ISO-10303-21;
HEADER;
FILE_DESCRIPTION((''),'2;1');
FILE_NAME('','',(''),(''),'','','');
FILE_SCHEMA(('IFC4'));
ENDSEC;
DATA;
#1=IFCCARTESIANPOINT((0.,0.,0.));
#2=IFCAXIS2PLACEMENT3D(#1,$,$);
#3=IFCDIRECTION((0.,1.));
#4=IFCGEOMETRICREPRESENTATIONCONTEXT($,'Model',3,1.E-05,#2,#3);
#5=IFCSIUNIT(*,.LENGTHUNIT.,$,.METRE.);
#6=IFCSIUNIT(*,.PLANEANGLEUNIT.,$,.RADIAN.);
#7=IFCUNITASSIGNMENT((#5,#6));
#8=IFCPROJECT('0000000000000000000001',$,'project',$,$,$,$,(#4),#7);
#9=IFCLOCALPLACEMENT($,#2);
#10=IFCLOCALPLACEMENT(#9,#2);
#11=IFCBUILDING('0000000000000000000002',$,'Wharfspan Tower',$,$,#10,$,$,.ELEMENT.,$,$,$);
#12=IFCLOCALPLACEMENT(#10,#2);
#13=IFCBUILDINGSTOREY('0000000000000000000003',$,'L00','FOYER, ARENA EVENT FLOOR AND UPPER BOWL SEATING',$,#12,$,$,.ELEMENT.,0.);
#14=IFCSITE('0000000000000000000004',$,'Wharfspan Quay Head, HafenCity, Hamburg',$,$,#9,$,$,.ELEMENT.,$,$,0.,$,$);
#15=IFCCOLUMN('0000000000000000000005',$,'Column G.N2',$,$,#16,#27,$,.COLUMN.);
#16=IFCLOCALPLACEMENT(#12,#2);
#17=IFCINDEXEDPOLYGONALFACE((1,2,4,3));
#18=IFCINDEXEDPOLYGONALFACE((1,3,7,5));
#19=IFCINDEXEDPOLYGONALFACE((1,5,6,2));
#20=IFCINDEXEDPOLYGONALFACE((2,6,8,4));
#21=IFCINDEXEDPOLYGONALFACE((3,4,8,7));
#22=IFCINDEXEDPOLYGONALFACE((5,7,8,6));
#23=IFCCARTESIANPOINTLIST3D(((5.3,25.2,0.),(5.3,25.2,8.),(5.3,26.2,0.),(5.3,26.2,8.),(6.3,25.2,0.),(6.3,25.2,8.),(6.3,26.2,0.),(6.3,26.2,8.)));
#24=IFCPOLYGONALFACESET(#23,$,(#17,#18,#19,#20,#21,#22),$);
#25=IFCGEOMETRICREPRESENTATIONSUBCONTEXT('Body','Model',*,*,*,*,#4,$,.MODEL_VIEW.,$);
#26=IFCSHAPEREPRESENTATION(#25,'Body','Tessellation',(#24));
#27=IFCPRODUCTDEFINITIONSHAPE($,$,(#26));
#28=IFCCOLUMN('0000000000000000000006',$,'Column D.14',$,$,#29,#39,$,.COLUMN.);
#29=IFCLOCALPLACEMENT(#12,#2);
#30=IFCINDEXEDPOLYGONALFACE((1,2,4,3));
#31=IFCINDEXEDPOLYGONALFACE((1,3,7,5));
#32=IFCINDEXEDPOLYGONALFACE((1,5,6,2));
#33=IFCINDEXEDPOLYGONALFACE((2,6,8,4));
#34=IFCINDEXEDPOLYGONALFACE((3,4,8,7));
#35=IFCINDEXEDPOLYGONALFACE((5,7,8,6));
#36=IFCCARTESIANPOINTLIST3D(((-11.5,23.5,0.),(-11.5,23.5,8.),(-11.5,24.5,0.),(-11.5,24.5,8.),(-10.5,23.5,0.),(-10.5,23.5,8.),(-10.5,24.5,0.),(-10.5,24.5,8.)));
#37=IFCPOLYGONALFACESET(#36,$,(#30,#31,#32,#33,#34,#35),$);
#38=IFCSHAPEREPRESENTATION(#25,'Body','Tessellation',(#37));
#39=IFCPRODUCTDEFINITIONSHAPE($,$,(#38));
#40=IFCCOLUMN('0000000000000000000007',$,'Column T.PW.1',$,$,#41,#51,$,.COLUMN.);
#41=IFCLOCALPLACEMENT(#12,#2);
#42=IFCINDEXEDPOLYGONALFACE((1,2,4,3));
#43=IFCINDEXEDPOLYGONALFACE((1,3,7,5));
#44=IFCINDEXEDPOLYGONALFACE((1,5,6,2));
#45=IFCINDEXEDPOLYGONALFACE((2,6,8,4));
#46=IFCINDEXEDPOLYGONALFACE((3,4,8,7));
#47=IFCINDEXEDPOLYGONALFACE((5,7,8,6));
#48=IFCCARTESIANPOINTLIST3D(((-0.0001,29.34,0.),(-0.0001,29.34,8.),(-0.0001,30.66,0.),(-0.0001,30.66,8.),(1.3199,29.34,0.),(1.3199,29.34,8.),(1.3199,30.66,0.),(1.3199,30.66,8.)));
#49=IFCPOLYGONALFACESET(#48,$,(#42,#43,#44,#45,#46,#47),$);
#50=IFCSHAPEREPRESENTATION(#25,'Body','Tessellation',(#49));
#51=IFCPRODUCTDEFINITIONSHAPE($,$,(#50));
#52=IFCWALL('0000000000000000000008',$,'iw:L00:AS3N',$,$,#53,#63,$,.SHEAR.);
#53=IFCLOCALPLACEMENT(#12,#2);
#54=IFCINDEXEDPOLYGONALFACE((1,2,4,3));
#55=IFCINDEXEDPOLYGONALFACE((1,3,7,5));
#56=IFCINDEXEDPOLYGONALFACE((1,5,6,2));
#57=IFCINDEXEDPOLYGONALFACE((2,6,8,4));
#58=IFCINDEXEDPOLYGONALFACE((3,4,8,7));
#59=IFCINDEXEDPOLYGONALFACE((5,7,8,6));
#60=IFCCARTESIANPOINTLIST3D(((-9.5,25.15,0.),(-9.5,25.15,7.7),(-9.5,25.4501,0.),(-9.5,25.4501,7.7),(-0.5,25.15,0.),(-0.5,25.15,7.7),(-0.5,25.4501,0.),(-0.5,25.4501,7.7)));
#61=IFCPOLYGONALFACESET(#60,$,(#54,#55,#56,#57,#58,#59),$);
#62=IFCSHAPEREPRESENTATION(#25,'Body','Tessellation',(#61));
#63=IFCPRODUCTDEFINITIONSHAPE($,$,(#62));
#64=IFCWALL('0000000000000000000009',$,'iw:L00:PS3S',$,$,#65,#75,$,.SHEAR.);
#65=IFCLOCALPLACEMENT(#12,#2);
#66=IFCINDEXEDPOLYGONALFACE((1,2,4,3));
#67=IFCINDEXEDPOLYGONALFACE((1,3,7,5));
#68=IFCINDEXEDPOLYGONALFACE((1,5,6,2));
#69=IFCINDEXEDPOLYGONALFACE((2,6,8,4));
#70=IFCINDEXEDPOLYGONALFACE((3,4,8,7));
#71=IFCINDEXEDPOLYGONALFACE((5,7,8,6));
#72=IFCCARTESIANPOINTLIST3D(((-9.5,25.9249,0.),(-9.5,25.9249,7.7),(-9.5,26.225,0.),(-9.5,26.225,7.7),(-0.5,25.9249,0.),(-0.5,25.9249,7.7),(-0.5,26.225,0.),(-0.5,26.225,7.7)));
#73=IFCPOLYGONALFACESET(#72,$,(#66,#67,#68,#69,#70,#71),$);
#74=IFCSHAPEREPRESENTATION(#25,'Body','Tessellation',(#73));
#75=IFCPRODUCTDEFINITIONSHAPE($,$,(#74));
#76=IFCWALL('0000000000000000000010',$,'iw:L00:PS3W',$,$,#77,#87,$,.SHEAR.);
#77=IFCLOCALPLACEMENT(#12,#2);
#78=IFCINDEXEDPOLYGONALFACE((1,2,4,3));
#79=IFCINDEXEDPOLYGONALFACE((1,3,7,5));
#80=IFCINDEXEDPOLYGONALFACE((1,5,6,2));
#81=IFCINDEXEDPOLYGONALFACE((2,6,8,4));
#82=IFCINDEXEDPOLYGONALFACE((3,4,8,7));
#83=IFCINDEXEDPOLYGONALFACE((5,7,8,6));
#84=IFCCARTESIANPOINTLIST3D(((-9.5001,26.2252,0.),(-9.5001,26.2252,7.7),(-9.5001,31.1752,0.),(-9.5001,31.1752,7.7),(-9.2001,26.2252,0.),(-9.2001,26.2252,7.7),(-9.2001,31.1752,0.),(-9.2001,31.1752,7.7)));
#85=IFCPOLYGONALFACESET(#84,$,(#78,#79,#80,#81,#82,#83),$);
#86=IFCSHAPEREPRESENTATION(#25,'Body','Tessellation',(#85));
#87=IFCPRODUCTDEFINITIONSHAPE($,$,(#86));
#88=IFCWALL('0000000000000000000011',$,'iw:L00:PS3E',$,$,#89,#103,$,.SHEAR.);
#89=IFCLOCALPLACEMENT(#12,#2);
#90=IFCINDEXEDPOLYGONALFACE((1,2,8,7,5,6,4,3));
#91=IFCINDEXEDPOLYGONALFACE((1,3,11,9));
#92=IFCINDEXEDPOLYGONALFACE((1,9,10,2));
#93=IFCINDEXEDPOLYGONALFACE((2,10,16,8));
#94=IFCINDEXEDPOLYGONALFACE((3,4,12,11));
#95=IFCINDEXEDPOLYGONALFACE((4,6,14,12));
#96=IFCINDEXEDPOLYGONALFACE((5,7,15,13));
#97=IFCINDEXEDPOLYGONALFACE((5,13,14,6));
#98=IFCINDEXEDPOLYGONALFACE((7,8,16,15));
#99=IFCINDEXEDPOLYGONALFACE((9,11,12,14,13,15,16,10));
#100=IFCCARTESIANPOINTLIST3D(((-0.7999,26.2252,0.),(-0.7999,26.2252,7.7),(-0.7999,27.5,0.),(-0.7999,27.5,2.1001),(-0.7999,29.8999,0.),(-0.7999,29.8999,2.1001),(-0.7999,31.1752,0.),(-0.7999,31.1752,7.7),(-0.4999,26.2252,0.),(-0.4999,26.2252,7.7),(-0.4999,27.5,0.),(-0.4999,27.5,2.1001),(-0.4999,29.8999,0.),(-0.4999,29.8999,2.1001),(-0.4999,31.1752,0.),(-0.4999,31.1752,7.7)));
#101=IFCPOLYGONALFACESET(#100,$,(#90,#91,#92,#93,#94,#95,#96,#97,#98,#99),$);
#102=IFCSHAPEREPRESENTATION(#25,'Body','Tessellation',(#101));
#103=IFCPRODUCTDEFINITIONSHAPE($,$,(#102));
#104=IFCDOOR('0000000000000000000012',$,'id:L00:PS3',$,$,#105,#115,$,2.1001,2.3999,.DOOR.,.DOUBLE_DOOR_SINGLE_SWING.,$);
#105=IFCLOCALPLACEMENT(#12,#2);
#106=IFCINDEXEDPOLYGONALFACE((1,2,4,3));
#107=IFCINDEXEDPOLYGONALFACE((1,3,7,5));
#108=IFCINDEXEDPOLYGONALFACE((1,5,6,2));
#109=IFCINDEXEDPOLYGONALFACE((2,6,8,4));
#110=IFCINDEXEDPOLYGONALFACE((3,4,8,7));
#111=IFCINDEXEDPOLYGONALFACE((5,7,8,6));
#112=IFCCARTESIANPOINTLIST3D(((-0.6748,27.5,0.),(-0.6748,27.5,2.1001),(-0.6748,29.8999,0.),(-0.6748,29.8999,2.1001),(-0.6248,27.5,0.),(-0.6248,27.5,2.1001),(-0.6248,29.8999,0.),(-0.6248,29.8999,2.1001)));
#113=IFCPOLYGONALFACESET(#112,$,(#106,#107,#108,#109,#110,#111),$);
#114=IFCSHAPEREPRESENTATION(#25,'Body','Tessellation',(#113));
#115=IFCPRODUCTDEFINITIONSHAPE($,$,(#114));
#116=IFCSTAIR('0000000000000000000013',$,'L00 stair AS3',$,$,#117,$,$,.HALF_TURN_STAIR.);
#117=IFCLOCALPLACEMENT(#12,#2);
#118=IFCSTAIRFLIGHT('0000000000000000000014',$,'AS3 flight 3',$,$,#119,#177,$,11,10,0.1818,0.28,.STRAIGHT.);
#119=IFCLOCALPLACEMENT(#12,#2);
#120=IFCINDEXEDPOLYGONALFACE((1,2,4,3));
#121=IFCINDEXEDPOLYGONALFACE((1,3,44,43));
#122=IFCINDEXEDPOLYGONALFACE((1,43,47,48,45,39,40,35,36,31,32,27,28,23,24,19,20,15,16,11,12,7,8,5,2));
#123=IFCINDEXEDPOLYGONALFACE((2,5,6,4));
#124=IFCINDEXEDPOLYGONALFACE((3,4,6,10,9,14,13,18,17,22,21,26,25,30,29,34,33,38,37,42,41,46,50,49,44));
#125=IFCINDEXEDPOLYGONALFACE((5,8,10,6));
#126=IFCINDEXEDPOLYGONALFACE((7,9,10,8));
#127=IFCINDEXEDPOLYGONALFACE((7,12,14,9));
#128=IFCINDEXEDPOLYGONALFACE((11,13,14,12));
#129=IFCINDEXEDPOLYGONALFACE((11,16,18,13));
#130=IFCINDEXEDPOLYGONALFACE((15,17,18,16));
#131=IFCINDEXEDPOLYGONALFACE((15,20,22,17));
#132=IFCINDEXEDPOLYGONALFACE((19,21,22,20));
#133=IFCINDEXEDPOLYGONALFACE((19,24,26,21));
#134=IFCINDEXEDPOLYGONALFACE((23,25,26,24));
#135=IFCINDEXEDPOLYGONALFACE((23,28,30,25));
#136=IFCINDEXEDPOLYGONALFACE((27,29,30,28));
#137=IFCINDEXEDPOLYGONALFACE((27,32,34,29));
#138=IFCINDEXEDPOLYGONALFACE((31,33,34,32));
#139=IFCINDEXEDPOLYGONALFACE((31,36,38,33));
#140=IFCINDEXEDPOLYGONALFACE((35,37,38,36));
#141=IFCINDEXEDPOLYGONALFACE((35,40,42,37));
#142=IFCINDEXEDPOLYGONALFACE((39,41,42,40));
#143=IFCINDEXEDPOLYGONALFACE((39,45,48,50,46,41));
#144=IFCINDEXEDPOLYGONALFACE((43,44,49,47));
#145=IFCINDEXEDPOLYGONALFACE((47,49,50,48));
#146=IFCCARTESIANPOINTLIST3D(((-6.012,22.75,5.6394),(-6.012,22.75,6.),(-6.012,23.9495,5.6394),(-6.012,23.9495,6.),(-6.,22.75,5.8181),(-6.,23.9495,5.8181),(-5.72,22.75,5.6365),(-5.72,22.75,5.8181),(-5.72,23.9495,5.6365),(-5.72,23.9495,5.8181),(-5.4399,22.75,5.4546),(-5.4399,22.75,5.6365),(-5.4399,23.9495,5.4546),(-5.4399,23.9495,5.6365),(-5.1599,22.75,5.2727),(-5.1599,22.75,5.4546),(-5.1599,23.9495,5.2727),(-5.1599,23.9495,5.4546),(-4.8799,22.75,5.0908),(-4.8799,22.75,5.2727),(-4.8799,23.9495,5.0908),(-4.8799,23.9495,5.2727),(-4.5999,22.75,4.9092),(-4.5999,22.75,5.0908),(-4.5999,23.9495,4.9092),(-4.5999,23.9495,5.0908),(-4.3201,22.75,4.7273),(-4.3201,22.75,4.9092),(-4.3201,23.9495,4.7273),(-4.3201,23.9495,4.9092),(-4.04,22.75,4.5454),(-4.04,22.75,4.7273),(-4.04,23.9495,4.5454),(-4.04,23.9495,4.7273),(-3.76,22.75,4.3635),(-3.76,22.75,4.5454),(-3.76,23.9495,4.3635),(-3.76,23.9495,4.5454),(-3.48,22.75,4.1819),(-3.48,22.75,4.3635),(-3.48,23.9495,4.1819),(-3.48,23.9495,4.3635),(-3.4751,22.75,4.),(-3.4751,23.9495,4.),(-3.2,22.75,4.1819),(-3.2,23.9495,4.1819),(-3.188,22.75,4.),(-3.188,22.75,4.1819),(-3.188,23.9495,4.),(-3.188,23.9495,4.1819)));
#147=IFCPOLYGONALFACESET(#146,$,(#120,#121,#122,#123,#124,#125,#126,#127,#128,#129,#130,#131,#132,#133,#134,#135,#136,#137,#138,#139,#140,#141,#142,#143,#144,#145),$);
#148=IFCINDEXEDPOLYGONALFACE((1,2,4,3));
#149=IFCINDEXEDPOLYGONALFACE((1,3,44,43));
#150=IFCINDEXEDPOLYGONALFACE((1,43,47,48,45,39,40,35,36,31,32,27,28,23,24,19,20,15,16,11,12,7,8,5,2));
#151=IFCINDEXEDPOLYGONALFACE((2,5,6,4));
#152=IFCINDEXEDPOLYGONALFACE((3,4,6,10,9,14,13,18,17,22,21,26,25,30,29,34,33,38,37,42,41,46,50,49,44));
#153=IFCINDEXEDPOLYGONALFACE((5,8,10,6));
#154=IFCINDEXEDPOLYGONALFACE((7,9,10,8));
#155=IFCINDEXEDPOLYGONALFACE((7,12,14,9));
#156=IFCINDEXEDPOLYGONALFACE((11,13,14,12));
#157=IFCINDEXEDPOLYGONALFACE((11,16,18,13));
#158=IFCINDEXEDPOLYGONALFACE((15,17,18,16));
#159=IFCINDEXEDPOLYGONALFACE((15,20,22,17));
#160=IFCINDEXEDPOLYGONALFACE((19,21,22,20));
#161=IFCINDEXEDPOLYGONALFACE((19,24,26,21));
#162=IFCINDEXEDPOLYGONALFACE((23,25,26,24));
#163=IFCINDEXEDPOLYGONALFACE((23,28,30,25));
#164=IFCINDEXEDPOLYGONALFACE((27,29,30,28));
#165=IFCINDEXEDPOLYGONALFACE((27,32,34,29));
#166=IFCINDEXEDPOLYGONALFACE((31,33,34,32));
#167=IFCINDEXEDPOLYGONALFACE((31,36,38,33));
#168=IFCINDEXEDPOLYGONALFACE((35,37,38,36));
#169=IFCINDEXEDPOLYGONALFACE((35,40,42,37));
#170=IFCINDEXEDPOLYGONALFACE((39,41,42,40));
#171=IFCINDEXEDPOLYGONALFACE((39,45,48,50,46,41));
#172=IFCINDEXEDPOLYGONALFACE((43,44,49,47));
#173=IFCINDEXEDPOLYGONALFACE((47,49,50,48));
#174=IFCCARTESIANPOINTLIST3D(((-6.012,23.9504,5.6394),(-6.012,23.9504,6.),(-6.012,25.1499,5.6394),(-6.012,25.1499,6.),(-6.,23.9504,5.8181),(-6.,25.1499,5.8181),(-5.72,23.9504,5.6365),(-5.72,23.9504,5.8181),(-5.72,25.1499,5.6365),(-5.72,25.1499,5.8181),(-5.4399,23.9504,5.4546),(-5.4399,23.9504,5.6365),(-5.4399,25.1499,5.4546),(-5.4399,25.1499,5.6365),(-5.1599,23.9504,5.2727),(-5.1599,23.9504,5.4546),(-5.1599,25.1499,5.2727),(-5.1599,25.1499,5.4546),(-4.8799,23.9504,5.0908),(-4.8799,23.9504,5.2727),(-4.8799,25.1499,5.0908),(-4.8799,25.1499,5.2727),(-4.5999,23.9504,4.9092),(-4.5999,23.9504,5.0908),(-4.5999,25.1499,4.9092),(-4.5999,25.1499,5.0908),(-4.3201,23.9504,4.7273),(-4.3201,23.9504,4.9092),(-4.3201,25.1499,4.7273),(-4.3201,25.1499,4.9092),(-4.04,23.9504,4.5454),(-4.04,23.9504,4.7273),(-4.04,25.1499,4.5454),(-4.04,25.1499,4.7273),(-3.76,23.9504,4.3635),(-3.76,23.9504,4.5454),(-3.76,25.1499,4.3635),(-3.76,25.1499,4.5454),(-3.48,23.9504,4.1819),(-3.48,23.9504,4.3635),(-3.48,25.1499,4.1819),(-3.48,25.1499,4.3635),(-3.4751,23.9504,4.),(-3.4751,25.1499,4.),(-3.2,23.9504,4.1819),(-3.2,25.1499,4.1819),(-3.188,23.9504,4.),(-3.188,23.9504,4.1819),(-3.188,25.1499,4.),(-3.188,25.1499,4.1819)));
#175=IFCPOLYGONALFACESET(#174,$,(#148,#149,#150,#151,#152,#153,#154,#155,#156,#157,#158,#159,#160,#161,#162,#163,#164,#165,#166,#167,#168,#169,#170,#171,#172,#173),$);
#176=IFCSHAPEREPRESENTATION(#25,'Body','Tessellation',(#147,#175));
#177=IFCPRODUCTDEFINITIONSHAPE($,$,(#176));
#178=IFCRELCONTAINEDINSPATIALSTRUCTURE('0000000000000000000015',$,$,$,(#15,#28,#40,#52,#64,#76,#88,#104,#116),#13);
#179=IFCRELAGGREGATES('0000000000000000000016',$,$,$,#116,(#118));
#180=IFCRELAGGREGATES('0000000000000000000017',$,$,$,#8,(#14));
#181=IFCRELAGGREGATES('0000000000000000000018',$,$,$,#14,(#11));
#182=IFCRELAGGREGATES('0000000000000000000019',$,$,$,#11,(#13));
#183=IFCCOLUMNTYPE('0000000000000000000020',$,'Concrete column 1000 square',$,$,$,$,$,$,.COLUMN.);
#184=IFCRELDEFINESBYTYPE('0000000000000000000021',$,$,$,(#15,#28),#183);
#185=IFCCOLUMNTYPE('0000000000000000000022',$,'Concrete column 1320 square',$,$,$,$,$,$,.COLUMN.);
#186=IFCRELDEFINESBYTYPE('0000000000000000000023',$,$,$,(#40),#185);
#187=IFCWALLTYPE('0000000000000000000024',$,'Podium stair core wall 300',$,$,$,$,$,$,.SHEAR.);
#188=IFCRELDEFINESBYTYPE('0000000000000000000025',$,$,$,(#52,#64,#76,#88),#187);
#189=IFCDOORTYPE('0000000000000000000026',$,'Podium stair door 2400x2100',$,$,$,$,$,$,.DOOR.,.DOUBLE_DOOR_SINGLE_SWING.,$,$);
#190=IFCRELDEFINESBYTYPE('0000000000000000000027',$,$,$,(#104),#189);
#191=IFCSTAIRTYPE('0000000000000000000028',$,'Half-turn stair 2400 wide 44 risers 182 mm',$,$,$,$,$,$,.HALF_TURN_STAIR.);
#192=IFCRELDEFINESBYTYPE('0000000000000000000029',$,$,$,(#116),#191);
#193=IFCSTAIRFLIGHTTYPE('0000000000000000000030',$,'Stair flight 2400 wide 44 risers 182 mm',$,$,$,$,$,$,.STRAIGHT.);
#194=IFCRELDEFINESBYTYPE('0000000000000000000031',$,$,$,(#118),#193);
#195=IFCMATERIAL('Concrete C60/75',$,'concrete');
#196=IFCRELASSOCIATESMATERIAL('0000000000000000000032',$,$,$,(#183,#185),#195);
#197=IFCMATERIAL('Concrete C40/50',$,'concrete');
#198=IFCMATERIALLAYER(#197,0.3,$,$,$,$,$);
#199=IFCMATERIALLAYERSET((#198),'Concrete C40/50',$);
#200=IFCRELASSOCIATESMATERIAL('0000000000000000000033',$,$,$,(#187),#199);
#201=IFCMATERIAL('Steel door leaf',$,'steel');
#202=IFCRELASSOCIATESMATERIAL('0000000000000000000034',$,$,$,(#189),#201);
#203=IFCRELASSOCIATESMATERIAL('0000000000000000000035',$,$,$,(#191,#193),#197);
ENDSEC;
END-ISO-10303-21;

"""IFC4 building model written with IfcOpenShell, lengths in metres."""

from ifc_helpers import new_model, si_unit, direction, frame, frame_2d, origin, origin_2d, place, context, subcontext, project, spatial, polyline, rectangle, outline, extrude, material, layer, layer_set, material_profile, profile_set, type_object, element, fill, aggregate, save


model = new_model("IFC4")

# Units and contexts
model_context = context("Model", 3, precision=1e-05, world=origin(), true_north=direction((0.0, 1.0)))
body_context = subcontext(model_context, "Body", "Model", "MODEL_VIEW")
ifc_project = project(units=[si_unit("LENGTHUNIT", "METRE"), si_unit("PLANEANGLEUNIT", "RADIAN")], contexts=[model_context])

# Site, building, storey
site_placement = place(None, origin())
site = spatial("IfcSite", under=ifc_project, at=site_placement, Name="Wharfspan Quay Head, HafenCity, Hamburg", CompositionType="ELEMENT", RefElevation=0.0)
building_placement = place(site_placement, origin())
building = spatial("IfcBuilding", under=site, at=building_placement, Name="Wharfspan Tower", CompositionType="ELEMENT")
storey_placement = place(building_placement, origin())
storey = spatial("IfcBuildingStorey", under=building, at=storey_placement, Name="L00", Description="FOYER, ARENA EVENT FLOOR AND UPPER BOWL SEATING", CompositionType="ELEMENT", Elevation=0.0)

# Columns
ifc_material_1 = material(Name="Concrete C60/75", Category="concrete")
ifc_material_profile_1 = material_profile(ifc_material_1, rectangle(XDim=1.0, YDim=1.0, at=origin_2d()))
ifc_profile_set_1 = profile_set([ifc_material_profile_1], Name="Concrete C60/75")
column_type_1 = type_object("IfcColumnType", Name="Concrete column 1000 square", PredefinedType="COLUMN", material=ifc_profile_set_1)
for number, where, z_axis, x_axis, name in (
    (1, (5.8, 25.7, 0.0), (0.0, 0.0, 1.0), (1.0, 0.0, 0.0), "Column G.N2"),
    (2, (-11.0, 24.0, 0.0), (0.0, 0.0, 1.0), (1.0, 0.0, 0.0), "Column D.14"),
):
    element("IfcColumn", number, at=place(storey_placement, frame(where, z_axis=z_axis, x_axis=x_axis)), inside=storey, type_object=column_type_1, Name=name, PredefinedType="COLUMN", context=body_context, shape_type="SweptSolid", body=[
        extrude(rectangle(XDim=1.0, YDim=1.0, at=origin_2d()), origin(), (0.0, 0.0, 1.0), 8.0),
    ])
ifc_material_profile_2 = material_profile(ifc_material_1, rectangle(XDim=1.3201, YDim=1.3201, at=origin_2d()))
ifc_profile_set_2 = profile_set([ifc_material_profile_2], Name="Concrete C60/75")
column_type_2 = type_object("IfcColumnType", Name="Concrete column 1320 square", PredefinedType="COLUMN", material=ifc_profile_set_2)
column_placement = place(storey_placement, frame((0.6599, 30.0, 0.0), z_axis=(0.0, 0.0, 1.0), x_axis=(1.0, 0.0, 0.0)))
element("IfcColumn", 3, at=column_placement, inside=storey, type_object=column_type_2, Name="Column T.PW.1", PredefinedType="COLUMN", context=body_context, shape_type="SweptSolid", body=[
    extrude(rectangle(XDim=1.3201, YDim=1.3201, at=origin_2d()), origin(), (0.0, 0.0, 1.0), 8.0),
])

# Walls
ifc_material_2 = material(Name="Concrete C40/50", Category="concrete")
ifc_layer = layer(ifc_material_2, 0.3)
ifc_layer_set = layer_set([ifc_layer], Name="Concrete C40/50")
wall_type = type_object("IfcWallType", Name="Podium stair core wall 300", PredefinedType="SHEAR", material=ifc_layer_set)
for number, where, z_axis, x_axis, name in (
    (4, (-9.5, 25.3, 0.0), (0.0, 0.0, 1.0), (1.0, 0.0, 0.0), "iw:L00:AS3N"),
    (5, (-9.5, 26.075, 0.0), (0.0, 0.0, 1.0), (1.0, 0.0, 0.0), "iw:L00:PS3S"),
):
    element("IfcWall", number, at=place(storey_placement, frame(where, z_axis=z_axis, x_axis=x_axis)), inside=storey, type_object=wall_type, Name=name, PredefinedType="SHEAR", context=body_context, shape_type="SweptSolid", body=[
        extrude(rectangle(XDim=9.0, YDim=0.3, at=frame_2d((4.5, 0.0))), origin(), (0.0, 0.0, 1.0), 7.7),
    ])
wall_1_placement = place(storey_placement, frame((-9.3501, 26.2251, 0.0), z_axis=(0.0, 0.0, 1.0), x_axis=(0.0, 1.0, 0.0)))
element("IfcWall", 6, at=wall_1_placement, inside=storey, type_object=wall_type, Name="iw:L00:PS3W", PredefinedType="SHEAR", context=body_context, shape_type="SweptSolid", body=[
    extrude(rectangle(XDim=4.95, YDim=0.3, at=frame_2d((2.4751, 0.0))), origin(), (0.0, 0.0, 1.0), 7.7),
])

# Wall, opening, door
wall_2_placement = place(storey_placement, frame((-0.6499, 26.2251, 0.0), z_axis=(0.0, 0.0, 1.0), x_axis=(0.0, 1.0, 0.0)))
wall_2 = element("IfcWall", 7, at=wall_2_placement, inside=storey, type_object=wall_type, Name="iw:L00:PS3E", PredefinedType="SHEAR", context=body_context, shape_type="SweptSolid", body=[
    extrude(rectangle(XDim=4.95, YDim=0.3, at=frame_2d((2.4751, 0.0))), origin(), (0.0, 0.0, 1.0), 7.7),
])
opening_placement = place(wall_2_placement, frame((1.2749, 0.0, 0.0)))
opening = element("IfcOpeningElement", 8, at=opening_placement, cuts=wall_2, PredefinedType="OPENING", context=body_context, shape_type="SweptSolid", body=[
    extrude(rectangle(XDim=2.3999, YDim=2.1001, at=frame_2d((1.2, 1.05))), frame((0.0, 0.1599, 0.0), z_axis=(0.0, -1.0, 0.0), x_axis=(1.0, 0.0, 0.0)), (0.0, 0.0, 1.0), 0.3201),
])
ifc_material_3 = material(Name="Steel door leaf", Category="steel")
door_type = type_object("IfcDoorType", Name="Podium stair door 2400x2100", OperationType="DOUBLE_DOOR_SINGLE_SWING", PredefinedType="DOOR", material=ifc_material_3)
door_placement = place(opening_placement, origin())
door = element("IfcDoor", 9, at=door_placement, inside=storey, type_object=door_type, Name="id:L00:PS3", OperationType="DOUBLE_DOOR_SINGLE_SWING", OverallHeight=2.1001, OverallWidth=2.3999, PredefinedType="DOOR", context=body_context, shape_type="SweptSolid", body=[
    extrude(rectangle(XDim=2.3999, YDim=2.1001, at=frame_2d((1.2, 1.05))), frame((0.0, 0.0249, 0.0), z_axis=(0.0, -1.0, 0.0), x_axis=(1.0, 0.0, 0.0)), (0.0, 0.0, 1.0), 0.05),
])
fill(opening, door)

# Stair, stair flight
stair_type = type_object("IfcStairType", Name="Half-turn stair 2400 wide 44 risers 182 mm", PredefinedType="HALF_TURN_STAIR", material=ifc_material_2)
stair_1_placement = place(storey_placement, origin())
stair_1 = element("IfcStair", 10, at=stair_1_placement, inside=storey, type_object=stair_type, Name="L00 stair AS3", PredefinedType="HALF_TURN_STAIR")
stair_flight_type = type_object("IfcStairFlightType", Name="Stair flight 2400 wide 44 risers 182 mm", PredefinedType="STRAIGHT", material=ifc_material_2)
stair_flight_1_placement = place(storey_placement, frame((-3.2, 23.95, 4.0), z_axis=(0.0, 0.0, 1.0), x_axis=(-1.0, 0.0, 0.0)))
stair_flight_1 = element("IfcStairFlight", 11, at=stair_flight_1_placement, type_object=stair_flight_type, Name="AS3 flight 3", NumberOfRisers=11, NumberOfTreads=10, PredefinedType="STRAIGHT", RiserHeight=0.1818, TreadLength=0.28, context=body_context, shape_type="SweptSolid", body=[
    extrude(outline(polyline([(-0.012, 0.0), (-0.012, 0.1819), (0.0, 0.1819), (0.28, 0.1819), (0.28, 0.3635), (0.5601, 0.3635), (0.5601, 0.5454), (0.8401, 0.5454), (0.8401, 0.7273), (1.1201, 0.7273), (1.1201, 0.9092), (1.3999, 0.9092), (1.3999, 1.0908), (1.6799, 1.0908), (1.6799, 1.2727), (1.96, 1.2727), (1.96, 1.4546), (2.24, 1.4546), (2.24, 1.6365), (2.52, 1.6365), (2.52, 1.8181), (2.8, 1.8181), (2.812, 2.0), (2.812, 1.6394), (0.2751, 0.0), (-0.012, 0.0)])), frame((0.0, 1.2, 0.0), z_axis=(0.0, -1.0, 0.0), x_axis=(1.0, 0.0, 0.0)), (0.0, 0.0, 1.0), 1.1995),
    extrude(outline(polyline([(-0.012, 0.0), (-0.012, 0.1819), (0.0, 0.1819), (0.28, 0.1819), (0.28, 0.3635), (0.5601, 0.3635), (0.5601, 0.5454), (0.8401, 0.5454), (0.8401, 0.7273), (1.1201, 0.7273), (1.1201, 0.9092), (1.3999, 0.9092), (1.3999, 1.0908), (1.6799, 1.0908), (1.6799, 1.2727), (1.96, 1.2727), (1.96, 1.4546), (2.24, 1.4546), (2.24, 1.6365), (2.52, 1.6365), (2.52, 1.8181), (2.8, 1.8181), (2.812, 2.0), (2.812, 1.6394), (0.2751, 0.0), (-0.012, 0.0)])), frame((0.0, -0.0005, 0.0), z_axis=(0.0, -1.0, 0.0), x_axis=(1.0, 0.0, 0.0)), (0.0, 0.0, 1.0), 1.1995),
])
aggregate(stair_1, [stair_flight_1])

save(model, "model.ifc")
